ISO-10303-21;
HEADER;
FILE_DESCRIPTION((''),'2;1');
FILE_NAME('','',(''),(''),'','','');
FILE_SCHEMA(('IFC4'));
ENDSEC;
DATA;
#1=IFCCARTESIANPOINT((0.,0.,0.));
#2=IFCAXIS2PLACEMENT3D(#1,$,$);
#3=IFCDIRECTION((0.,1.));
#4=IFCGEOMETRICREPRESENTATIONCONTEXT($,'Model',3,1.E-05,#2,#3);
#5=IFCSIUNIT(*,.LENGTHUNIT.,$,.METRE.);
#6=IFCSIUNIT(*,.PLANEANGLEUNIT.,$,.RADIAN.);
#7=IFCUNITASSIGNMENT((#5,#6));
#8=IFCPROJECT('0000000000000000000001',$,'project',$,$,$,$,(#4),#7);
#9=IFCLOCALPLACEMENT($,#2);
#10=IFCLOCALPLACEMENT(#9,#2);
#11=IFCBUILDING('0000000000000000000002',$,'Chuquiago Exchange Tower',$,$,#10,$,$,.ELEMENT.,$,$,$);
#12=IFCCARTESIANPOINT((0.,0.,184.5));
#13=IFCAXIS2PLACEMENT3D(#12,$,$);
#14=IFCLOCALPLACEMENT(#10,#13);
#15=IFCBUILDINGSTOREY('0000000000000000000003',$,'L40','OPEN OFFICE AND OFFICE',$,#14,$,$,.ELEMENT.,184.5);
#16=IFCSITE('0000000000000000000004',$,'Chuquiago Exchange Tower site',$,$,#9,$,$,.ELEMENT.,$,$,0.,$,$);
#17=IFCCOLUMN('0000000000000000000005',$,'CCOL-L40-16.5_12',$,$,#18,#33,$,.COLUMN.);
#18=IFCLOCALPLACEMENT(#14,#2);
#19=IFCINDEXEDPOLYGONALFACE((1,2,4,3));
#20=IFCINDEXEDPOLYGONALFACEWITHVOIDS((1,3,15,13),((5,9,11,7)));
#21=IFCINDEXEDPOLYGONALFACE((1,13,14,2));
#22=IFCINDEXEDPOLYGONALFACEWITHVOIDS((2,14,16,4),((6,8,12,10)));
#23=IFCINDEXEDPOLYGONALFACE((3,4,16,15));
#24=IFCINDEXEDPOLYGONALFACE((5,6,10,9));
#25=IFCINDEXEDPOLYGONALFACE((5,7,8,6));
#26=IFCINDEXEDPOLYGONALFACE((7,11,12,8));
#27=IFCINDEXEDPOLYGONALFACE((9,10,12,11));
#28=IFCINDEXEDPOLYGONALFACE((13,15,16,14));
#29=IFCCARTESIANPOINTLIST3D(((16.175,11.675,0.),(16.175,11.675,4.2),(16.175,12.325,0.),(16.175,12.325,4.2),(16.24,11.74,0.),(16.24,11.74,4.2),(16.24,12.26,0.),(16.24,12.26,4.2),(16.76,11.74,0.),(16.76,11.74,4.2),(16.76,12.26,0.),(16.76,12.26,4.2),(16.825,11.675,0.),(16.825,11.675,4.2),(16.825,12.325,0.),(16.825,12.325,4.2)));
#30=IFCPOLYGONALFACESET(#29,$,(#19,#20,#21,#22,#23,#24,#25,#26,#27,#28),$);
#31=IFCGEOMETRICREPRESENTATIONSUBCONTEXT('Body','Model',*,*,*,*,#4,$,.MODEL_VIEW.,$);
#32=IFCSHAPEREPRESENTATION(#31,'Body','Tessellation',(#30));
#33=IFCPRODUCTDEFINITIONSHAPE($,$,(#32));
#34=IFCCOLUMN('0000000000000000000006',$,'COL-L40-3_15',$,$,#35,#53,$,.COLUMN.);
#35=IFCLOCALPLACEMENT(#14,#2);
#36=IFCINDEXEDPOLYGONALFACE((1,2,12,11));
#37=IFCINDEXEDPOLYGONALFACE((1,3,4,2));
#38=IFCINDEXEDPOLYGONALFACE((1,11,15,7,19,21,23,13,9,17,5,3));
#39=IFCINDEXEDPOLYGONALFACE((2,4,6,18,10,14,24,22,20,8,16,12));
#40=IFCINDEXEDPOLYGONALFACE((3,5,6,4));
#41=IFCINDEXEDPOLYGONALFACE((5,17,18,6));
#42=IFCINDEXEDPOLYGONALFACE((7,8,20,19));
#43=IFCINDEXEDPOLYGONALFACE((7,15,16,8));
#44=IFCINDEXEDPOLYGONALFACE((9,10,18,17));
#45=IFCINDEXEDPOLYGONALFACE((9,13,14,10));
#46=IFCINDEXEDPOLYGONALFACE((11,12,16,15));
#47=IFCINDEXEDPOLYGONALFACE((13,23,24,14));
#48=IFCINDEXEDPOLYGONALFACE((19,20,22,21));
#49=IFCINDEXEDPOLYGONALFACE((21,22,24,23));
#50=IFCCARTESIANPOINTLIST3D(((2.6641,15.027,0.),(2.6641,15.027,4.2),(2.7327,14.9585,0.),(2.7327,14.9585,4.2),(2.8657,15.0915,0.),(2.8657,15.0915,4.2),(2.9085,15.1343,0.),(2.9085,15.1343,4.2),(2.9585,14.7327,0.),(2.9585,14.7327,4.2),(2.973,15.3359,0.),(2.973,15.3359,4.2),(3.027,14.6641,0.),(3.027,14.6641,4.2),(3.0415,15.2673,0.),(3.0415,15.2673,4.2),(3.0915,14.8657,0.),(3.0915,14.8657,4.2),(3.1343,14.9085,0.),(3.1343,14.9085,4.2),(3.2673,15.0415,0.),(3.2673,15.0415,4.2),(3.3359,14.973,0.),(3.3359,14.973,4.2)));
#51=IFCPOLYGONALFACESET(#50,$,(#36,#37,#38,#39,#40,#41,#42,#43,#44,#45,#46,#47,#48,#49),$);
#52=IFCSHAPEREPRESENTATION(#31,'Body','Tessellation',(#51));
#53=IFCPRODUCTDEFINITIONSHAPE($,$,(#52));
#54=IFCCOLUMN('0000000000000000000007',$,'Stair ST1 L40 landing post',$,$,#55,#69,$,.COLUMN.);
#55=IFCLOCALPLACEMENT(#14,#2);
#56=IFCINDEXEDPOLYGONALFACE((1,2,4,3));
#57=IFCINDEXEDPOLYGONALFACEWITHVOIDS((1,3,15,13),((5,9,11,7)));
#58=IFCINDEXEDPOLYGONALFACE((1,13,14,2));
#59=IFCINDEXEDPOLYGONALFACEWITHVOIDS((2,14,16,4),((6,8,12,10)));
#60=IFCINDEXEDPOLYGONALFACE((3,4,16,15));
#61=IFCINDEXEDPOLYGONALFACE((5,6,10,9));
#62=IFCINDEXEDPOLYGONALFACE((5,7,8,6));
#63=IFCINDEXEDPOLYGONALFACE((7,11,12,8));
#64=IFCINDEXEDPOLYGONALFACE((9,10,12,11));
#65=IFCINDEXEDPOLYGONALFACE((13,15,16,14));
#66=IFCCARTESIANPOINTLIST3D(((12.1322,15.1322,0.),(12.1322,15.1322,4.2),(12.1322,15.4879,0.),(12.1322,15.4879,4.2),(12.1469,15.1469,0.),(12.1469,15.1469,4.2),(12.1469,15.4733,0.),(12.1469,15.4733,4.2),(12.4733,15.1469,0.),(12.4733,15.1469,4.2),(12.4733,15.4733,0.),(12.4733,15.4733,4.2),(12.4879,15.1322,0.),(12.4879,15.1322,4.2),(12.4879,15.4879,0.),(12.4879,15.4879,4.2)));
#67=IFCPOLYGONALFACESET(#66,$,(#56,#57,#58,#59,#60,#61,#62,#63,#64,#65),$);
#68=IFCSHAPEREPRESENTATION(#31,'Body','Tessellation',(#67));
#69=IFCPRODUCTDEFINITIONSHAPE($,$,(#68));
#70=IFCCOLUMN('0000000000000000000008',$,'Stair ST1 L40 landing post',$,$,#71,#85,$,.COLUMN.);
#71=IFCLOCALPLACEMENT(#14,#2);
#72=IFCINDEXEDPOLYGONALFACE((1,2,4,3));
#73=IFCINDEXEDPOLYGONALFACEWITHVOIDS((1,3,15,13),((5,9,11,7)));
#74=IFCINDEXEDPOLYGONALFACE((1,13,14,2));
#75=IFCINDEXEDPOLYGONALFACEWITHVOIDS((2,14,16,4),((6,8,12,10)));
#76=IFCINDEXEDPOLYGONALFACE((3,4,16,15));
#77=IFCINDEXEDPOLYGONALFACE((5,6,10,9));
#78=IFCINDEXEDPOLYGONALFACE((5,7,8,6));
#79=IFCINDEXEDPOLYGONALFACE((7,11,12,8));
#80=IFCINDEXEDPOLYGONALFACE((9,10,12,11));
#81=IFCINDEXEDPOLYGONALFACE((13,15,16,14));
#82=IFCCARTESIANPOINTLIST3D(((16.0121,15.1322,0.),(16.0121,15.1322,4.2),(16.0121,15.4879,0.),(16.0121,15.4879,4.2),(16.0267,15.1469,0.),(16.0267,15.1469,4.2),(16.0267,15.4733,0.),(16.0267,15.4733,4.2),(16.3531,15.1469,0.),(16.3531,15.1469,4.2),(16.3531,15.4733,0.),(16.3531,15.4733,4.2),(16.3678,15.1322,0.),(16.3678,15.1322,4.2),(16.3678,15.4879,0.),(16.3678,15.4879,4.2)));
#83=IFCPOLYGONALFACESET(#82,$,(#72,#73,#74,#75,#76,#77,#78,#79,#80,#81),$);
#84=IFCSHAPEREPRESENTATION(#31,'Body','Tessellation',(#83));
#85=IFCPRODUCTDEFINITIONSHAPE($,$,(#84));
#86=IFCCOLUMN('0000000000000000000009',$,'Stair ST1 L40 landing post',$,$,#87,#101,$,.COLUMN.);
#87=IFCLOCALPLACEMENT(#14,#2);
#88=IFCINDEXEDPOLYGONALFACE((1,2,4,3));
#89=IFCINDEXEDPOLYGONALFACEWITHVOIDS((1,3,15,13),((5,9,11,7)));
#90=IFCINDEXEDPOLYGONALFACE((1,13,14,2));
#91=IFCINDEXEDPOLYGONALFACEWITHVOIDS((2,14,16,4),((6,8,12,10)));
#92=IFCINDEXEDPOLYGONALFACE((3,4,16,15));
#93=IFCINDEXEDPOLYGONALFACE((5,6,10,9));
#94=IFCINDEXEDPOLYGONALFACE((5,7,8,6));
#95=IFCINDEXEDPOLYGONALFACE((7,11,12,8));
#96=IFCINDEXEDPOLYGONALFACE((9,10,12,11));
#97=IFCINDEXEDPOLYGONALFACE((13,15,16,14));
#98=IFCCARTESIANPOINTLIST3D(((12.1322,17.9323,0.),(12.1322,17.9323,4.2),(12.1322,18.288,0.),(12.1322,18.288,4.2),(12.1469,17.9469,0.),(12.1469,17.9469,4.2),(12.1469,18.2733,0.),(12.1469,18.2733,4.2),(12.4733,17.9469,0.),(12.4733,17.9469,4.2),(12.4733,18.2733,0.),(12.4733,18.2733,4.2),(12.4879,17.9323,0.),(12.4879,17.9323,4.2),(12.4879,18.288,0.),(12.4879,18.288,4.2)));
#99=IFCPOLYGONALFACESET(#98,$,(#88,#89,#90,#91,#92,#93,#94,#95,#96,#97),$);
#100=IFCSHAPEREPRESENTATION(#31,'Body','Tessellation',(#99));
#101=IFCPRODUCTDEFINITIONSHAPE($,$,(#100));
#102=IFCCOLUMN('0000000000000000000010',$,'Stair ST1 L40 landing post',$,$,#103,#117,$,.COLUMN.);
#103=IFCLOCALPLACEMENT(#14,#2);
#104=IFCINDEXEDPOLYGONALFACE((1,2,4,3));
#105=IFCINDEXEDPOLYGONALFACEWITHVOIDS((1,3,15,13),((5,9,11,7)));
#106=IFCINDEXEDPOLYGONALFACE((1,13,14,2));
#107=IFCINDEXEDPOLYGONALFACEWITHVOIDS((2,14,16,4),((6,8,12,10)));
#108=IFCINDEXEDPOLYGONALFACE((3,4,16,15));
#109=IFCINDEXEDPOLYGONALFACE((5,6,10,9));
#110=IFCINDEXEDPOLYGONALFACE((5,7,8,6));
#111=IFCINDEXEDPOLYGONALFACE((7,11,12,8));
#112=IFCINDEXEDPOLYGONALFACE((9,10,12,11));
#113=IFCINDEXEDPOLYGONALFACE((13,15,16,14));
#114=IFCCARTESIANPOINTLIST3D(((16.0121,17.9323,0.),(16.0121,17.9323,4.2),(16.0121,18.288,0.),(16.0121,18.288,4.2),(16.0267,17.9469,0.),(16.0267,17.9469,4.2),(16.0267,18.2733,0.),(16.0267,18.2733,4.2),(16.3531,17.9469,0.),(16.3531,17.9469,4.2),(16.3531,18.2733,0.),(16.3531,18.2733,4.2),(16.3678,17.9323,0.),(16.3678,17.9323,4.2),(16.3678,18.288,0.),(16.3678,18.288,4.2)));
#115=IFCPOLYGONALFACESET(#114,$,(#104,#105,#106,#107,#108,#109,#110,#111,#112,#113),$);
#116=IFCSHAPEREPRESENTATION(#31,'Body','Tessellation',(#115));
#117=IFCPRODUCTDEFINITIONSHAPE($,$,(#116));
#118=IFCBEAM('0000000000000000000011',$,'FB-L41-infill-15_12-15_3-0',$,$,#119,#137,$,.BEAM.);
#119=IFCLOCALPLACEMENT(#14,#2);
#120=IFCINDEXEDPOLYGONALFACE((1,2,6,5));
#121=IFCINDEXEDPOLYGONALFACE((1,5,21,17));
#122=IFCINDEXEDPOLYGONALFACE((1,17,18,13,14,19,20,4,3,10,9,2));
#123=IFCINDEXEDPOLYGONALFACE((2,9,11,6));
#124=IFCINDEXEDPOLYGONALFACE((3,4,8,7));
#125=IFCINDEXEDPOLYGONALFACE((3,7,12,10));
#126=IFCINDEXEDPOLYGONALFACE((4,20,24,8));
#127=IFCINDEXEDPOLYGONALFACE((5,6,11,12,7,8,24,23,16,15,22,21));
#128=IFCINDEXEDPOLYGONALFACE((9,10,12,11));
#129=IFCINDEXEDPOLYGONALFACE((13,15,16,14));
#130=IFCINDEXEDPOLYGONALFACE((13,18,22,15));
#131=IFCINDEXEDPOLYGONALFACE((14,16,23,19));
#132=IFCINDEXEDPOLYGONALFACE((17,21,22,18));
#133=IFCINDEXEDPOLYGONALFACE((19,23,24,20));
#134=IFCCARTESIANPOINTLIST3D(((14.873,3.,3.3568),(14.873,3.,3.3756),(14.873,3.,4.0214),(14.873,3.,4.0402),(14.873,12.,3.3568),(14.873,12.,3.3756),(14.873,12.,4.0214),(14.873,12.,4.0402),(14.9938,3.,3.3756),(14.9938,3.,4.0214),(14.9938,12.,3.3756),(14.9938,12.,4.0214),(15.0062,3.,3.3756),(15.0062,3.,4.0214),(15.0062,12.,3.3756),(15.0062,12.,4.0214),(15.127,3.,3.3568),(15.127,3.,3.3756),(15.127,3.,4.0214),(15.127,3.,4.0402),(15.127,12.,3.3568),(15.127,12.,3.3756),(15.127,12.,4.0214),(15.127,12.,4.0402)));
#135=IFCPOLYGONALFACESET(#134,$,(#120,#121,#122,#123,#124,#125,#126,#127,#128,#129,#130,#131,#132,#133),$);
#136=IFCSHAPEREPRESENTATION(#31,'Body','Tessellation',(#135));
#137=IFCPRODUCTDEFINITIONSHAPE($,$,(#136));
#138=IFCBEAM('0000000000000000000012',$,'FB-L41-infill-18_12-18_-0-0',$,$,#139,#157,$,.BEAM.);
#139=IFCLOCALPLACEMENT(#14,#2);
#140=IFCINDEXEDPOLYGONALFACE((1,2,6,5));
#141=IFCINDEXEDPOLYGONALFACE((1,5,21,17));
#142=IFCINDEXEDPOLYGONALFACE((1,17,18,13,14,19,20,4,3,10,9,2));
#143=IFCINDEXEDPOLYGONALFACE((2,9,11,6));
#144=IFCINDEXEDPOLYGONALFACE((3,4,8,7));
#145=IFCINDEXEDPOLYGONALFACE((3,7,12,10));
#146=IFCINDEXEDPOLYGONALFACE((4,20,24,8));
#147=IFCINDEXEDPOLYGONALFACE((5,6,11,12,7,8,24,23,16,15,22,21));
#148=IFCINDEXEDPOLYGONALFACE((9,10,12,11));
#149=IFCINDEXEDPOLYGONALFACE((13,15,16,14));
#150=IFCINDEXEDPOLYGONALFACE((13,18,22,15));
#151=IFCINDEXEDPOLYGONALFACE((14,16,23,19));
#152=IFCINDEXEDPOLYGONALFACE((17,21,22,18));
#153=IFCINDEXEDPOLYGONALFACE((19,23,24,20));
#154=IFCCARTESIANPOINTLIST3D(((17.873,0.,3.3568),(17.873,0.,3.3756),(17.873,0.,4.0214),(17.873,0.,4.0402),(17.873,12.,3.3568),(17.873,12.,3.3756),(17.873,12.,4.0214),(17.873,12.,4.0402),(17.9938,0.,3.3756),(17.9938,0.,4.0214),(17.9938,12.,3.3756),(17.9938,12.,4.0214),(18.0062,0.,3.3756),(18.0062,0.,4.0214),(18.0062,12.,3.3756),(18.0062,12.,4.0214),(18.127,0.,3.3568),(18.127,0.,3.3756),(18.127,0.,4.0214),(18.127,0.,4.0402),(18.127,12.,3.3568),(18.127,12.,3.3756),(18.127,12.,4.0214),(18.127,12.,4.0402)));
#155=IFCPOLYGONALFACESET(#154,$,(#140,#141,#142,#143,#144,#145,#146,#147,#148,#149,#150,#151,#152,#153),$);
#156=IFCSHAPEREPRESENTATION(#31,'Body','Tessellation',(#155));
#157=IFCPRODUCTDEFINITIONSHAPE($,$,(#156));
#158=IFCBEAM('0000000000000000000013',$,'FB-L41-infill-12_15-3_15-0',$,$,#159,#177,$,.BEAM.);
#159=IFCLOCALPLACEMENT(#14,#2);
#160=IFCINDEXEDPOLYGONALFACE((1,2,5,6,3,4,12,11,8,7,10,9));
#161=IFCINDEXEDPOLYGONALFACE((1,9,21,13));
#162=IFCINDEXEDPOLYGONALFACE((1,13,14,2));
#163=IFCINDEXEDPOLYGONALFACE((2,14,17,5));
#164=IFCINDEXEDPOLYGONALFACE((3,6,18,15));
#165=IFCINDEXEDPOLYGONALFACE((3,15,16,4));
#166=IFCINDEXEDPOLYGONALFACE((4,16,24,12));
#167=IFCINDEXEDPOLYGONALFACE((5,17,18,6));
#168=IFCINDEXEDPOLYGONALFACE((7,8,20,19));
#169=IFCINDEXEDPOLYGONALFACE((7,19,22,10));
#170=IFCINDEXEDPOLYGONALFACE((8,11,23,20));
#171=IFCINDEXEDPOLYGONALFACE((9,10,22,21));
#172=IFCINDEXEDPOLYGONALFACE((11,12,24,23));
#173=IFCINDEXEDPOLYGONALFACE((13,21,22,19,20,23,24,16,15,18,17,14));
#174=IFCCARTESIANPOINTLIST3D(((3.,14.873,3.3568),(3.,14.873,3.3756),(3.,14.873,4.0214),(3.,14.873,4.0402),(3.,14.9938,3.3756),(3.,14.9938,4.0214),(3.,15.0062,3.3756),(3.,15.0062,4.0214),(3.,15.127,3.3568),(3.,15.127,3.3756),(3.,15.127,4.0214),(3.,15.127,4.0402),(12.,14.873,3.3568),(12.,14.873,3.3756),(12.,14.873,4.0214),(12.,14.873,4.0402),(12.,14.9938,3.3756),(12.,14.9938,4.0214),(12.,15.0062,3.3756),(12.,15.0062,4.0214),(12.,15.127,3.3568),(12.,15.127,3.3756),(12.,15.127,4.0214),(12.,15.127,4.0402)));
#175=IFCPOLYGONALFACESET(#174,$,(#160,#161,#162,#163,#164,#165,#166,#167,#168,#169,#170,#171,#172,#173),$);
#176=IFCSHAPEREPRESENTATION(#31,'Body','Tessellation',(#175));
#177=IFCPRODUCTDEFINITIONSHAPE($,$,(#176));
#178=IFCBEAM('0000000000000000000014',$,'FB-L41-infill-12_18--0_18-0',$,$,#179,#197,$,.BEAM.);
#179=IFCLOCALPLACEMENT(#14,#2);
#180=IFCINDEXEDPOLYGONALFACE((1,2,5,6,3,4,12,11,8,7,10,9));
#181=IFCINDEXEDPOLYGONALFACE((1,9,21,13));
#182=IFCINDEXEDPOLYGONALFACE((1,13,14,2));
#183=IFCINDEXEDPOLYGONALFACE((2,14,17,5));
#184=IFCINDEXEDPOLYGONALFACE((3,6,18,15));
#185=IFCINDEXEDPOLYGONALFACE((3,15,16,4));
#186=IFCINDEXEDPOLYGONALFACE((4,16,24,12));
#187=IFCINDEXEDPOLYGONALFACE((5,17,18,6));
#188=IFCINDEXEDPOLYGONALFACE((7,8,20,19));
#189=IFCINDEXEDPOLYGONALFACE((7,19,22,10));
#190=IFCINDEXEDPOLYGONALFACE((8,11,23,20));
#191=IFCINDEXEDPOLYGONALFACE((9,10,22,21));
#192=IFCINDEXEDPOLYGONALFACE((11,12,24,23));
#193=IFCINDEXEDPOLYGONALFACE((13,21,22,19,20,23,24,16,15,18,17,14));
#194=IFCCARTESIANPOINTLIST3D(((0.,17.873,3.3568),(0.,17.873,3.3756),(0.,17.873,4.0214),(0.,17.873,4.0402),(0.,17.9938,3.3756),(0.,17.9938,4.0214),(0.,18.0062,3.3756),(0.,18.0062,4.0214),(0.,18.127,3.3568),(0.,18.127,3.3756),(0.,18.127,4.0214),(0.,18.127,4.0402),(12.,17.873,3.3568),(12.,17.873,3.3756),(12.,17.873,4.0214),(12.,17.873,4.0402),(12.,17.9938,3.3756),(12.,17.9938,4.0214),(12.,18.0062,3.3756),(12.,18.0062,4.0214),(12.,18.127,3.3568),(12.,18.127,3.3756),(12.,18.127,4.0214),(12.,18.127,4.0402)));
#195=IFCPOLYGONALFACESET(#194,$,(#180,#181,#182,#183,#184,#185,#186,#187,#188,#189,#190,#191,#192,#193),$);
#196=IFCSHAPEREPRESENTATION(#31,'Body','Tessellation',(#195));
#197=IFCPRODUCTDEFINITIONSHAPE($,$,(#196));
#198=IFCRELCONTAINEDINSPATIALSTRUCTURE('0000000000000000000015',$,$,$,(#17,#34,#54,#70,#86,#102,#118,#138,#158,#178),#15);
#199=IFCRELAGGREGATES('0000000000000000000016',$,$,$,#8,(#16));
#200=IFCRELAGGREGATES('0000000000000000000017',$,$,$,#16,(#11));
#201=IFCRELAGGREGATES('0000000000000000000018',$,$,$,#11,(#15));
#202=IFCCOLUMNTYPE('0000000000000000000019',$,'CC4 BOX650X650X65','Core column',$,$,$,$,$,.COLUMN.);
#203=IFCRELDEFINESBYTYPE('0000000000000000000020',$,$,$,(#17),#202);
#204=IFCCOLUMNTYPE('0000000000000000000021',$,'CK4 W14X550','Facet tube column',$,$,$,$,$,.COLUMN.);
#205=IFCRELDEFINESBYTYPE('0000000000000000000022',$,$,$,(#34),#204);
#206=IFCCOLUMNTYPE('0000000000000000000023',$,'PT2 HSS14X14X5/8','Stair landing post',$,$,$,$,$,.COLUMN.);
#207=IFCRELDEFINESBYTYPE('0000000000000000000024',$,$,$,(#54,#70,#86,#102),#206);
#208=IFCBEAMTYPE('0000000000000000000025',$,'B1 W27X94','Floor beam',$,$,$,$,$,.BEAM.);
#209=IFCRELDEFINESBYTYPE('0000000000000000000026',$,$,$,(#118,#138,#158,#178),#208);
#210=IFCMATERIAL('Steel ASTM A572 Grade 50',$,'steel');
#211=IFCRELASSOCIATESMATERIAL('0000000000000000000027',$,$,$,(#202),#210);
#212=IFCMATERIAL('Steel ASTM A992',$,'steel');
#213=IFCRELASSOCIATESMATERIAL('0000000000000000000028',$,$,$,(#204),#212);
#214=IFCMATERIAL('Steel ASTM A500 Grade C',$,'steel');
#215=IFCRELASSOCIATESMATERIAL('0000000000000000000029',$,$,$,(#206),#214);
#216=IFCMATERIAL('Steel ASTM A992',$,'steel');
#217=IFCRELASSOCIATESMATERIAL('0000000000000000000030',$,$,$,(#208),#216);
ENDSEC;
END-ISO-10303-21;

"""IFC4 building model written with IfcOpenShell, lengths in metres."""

from ifc_helpers import new_model, si_unit, direction, frame, origin, origin_2d, place, context, subcontext, project, spatial, hollow_rectangle, i_section, extrude, material, material_profile, profile_set, type_object, element, save


model = new_model("IFC4")

# Units and contexts
model_context = context("Model", 3, precision=1e-05, world=origin(), true_north=direction((0.0, 1.0)))
body_context = subcontext(model_context, "Body", "Model", "MODEL_VIEW")
ifc_project = project(units=[si_unit("LENGTHUNIT", "METRE"), si_unit("PLANEANGLEUNIT", "RADIAN")], contexts=[model_context])

# Site, building, storey
site_placement = place(None, origin())
site = spatial("IfcSite", under=ifc_project, at=site_placement, Name="Chuquiago Exchange Tower site", CompositionType="ELEMENT", RefElevation=0.0)
building_placement = place(site_placement, origin())
building = spatial("IfcBuilding", under=site, at=building_placement, Name="Chuquiago Exchange Tower", CompositionType="ELEMENT")
storey_placement = place(building_placement, frame((0.0, 0.0, 184.5)))
storey = spatial("IfcBuildingStorey", under=building, at=storey_placement, Name="L40", Description="OPEN OFFICE AND OFFICE", CompositionType="ELEMENT", Elevation=184.5)

# Columns
ifc_material_1 = material(Name="Steel ASTM A572 Grade 50", Category="steel")
ifc_material_profile_1 = material_profile(ifc_material_1, hollow_rectangle(XDim=0.6499, YDim=0.6499, WallThickness=0.0649, at=origin_2d()), Name="BOX650X650X65")
ifc_profile_set_1 = profile_set([ifc_material_profile_1], Name="Steel ASTM A572 Grade 50")
column_type_1 = type_object("IfcColumnType", Name="CC4 BOX650X650X65", Description="Core column", PredefinedType="COLUMN", material=ifc_profile_set_1)
column_1_placement = place(storey_placement, frame((16.5, 12.0, 0.0), z_axis=(0.0, 0.0, 1.0), x_axis=(1.0, 0.0, 0.0)))
element("IfcColumn", 1, at=column_1_placement, inside=storey, type_object=column_type_1, Name="CCOL-L40-16.5_12", PredefinedType="COLUMN", context=body_context, shape_type="SweptSolid", body=[
    extrude(hollow_rectangle(XDim=0.6499, YDim=0.6499, WallThickness=0.0649, at=origin_2d()), origin(), (0.0, 0.0, 1.0), 4.2),
])
ifc_material_2 = material(Name="Steel ASTM A992", Category="steel")
ifc_material_profile_2 = material_profile(ifc_material_2, i_section(OverallWidth=0.4368, OverallDepth=0.5132, WebThickness=0.0605, FlangeThickness=0.0969, at=origin_2d()), Name="W14X550")
ifc_profile_set_2 = profile_set([ifc_material_profile_2], Name="Steel ASTM A992")
column_type_2 = type_object("IfcColumnType", Name="CK4 W14X550", Description="Facet tube column", PredefinedType="COLUMN", material=ifc_profile_set_2)
column_2_placement = place(storey_placement, frame((3.0, 15.0, 0.0), z_axis=(0.0, 0.0, 1.0), x_axis=(-0.707107, -0.707107, 0.0)))
element("IfcColumn", 2, at=column_2_placement, inside=storey, type_object=column_type_2, Name="COL-L40-3_15", PredefinedType="COLUMN", context=body_context, shape_type="SweptSolid", body=[
    extrude(i_section(OverallWidth=0.4368, OverallDepth=0.5132, WebThickness=0.0605, FlangeThickness=0.0969, at=origin_2d()), origin(), (0.0, 0.0, 1.0), 4.2),
])
ifc_material_3 = material(Name="Steel ASTM A500 Grade C", Category="steel")
ifc_material_profile_3 = material_profile(ifc_material_3, hollow_rectangle(XDim=0.3557, YDim=0.3557, WallThickness=0.0146, at=origin_2d()), Name="HSS14X14X5/8")
ifc_profile_set_3 = profile_set([ifc_material_profile_3], Name="Steel ASTM A500 Grade C")
column_type_3 = type_object("IfcColumnType", Name="PT2 HSS14X14X5/8", Description="Stair landing post", PredefinedType="COLUMN", material=ifc_profile_set_3)
for number, where, z_axis, x_axis, name in (
    (3, (12.3101, 15.3101, 0.0), (0.0, 0.0, 1.0), (1.0, 0.0, 0.0), "Stair ST1 L40 landing post"),
    (4, (16.1899, 15.3101, 0.0), (0.0, 0.0, 1.0), (1.0, 0.0, 0.0), "Stair ST1 L40 landing post"),
    (5, (12.3101, 18.1101, 0.0), (0.0, 0.0, 1.0), (1.0, 0.0, 0.0), "Stair ST1 L40 landing post"),
    (6, (16.1899, 18.1101, 0.0), (0.0, 0.0, 1.0), (1.0, 0.0, 0.0), "Stair ST1 L40 landing post"),
):
    element("IfcColumn", number, at=place(storey_placement, frame(where, z_axis=z_axis, x_axis=x_axis)), inside=storey, type_object=column_type_3, Name=name, PredefinedType="COLUMN", context=body_context, shape_type="SweptSolid", body=[
        extrude(hollow_rectangle(XDim=0.3557, YDim=0.3557, WallThickness=0.0146, at=origin_2d()), origin(), (0.0, 0.0, 1.0), 4.2),
    ])

# Beams
ifc_material_4 = material(Name="Steel ASTM A992", Category="steel")
ifc_material_profile_4 = material_profile(ifc_material_4, i_section(OverallWidth=0.2539, OverallDepth=0.6833, WebThickness=0.0125, FlangeThickness=0.0188, at=origin_2d()), Name="W27X94")
ifc_profile_set_4 = profile_set([ifc_material_profile_4], Name="Steel ASTM A992")
beam_type_1 = type_object("IfcBeamType", Name="B1 W27X94", Description="Floor beam", PredefinedType="BEAM", material=ifc_profile_set_4)
beam_1_placement = place(storey_placement, frame((15.0, 12.0, 3.6985), z_axis=(0.0, -1.0, 0.0), x_axis=(1.0, 0.0, 0.0)))
element("IfcBeam", 7, at=beam_1_placement, inside=storey, type_object=beam_type_1, Name="FB-L41-infill-15_12-15_3-0", PredefinedType="BEAM", context=body_context, shape_type="SweptSolid", body=[
    extrude(i_section(OverallWidth=0.2539, OverallDepth=0.6833, WebThickness=0.0125, FlangeThickness=0.0188, at=origin_2d()), origin(), (0.0, 0.0, 1.0), 9.0),
])
beam_2_placement = place(storey_placement, frame((18.0, 12.0, 3.6985), z_axis=(0.0, -1.0, 0.0), x_axis=(1.0, 0.0, 0.0)))
element("IfcBeam", 8, at=beam_2_placement, inside=storey, type_object=beam_type_1, Name="FB-L41-infill-18_12-18_-0-0", PredefinedType="BEAM", context=body_context, shape_type="SweptSolid", body=[
    extrude(i_section(OverallWidth=0.2539, OverallDepth=0.6833, WebThickness=0.0125, FlangeThickness=0.0188, at=origin_2d()), origin(), (0.0, 0.0, 1.0), 12.0),
])
beam_3_placement = place(storey_placement, frame((12.0, 15.0, 3.6985), z_axis=(-1.0, 0.0, 0.0), x_axis=(0.0, -1.0, 0.0)))
element("IfcBeam", 9, at=beam_3_placement, inside=storey, type_object=beam_type_1, Name="FB-L41-infill-12_15-3_15-0", PredefinedType="BEAM", context=body_context, shape_type="SweptSolid", body=[
    extrude(i_section(OverallWidth=0.2539, OverallDepth=0.6833, WebThickness=0.0125, FlangeThickness=0.0188, at=origin_2d()), origin(), (0.0, 0.0, 1.0), 9.0),
])
beam_4_placement = place(storey_placement, frame((12.0, 18.0, 3.6985), z_axis=(-1.0, 0.0, 0.0), x_axis=(0.0, -1.0, 0.0)))
element("IfcBeam", 10, at=beam_4_placement, inside=storey, type_object=beam_type_1, Name="FB-L41-infill-12_18--0_18-0", PredefinedType="BEAM", context=body_context, shape_type="SweptSolid", body=[
    extrude(i_section(OverallWidth=0.2539, OverallDepth=0.6833, WebThickness=0.0125, FlangeThickness=0.0188, at=origin_2d()), origin(), (0.0, 0.0, 1.0), 12.0),
])

save(model, "model.ifc")
